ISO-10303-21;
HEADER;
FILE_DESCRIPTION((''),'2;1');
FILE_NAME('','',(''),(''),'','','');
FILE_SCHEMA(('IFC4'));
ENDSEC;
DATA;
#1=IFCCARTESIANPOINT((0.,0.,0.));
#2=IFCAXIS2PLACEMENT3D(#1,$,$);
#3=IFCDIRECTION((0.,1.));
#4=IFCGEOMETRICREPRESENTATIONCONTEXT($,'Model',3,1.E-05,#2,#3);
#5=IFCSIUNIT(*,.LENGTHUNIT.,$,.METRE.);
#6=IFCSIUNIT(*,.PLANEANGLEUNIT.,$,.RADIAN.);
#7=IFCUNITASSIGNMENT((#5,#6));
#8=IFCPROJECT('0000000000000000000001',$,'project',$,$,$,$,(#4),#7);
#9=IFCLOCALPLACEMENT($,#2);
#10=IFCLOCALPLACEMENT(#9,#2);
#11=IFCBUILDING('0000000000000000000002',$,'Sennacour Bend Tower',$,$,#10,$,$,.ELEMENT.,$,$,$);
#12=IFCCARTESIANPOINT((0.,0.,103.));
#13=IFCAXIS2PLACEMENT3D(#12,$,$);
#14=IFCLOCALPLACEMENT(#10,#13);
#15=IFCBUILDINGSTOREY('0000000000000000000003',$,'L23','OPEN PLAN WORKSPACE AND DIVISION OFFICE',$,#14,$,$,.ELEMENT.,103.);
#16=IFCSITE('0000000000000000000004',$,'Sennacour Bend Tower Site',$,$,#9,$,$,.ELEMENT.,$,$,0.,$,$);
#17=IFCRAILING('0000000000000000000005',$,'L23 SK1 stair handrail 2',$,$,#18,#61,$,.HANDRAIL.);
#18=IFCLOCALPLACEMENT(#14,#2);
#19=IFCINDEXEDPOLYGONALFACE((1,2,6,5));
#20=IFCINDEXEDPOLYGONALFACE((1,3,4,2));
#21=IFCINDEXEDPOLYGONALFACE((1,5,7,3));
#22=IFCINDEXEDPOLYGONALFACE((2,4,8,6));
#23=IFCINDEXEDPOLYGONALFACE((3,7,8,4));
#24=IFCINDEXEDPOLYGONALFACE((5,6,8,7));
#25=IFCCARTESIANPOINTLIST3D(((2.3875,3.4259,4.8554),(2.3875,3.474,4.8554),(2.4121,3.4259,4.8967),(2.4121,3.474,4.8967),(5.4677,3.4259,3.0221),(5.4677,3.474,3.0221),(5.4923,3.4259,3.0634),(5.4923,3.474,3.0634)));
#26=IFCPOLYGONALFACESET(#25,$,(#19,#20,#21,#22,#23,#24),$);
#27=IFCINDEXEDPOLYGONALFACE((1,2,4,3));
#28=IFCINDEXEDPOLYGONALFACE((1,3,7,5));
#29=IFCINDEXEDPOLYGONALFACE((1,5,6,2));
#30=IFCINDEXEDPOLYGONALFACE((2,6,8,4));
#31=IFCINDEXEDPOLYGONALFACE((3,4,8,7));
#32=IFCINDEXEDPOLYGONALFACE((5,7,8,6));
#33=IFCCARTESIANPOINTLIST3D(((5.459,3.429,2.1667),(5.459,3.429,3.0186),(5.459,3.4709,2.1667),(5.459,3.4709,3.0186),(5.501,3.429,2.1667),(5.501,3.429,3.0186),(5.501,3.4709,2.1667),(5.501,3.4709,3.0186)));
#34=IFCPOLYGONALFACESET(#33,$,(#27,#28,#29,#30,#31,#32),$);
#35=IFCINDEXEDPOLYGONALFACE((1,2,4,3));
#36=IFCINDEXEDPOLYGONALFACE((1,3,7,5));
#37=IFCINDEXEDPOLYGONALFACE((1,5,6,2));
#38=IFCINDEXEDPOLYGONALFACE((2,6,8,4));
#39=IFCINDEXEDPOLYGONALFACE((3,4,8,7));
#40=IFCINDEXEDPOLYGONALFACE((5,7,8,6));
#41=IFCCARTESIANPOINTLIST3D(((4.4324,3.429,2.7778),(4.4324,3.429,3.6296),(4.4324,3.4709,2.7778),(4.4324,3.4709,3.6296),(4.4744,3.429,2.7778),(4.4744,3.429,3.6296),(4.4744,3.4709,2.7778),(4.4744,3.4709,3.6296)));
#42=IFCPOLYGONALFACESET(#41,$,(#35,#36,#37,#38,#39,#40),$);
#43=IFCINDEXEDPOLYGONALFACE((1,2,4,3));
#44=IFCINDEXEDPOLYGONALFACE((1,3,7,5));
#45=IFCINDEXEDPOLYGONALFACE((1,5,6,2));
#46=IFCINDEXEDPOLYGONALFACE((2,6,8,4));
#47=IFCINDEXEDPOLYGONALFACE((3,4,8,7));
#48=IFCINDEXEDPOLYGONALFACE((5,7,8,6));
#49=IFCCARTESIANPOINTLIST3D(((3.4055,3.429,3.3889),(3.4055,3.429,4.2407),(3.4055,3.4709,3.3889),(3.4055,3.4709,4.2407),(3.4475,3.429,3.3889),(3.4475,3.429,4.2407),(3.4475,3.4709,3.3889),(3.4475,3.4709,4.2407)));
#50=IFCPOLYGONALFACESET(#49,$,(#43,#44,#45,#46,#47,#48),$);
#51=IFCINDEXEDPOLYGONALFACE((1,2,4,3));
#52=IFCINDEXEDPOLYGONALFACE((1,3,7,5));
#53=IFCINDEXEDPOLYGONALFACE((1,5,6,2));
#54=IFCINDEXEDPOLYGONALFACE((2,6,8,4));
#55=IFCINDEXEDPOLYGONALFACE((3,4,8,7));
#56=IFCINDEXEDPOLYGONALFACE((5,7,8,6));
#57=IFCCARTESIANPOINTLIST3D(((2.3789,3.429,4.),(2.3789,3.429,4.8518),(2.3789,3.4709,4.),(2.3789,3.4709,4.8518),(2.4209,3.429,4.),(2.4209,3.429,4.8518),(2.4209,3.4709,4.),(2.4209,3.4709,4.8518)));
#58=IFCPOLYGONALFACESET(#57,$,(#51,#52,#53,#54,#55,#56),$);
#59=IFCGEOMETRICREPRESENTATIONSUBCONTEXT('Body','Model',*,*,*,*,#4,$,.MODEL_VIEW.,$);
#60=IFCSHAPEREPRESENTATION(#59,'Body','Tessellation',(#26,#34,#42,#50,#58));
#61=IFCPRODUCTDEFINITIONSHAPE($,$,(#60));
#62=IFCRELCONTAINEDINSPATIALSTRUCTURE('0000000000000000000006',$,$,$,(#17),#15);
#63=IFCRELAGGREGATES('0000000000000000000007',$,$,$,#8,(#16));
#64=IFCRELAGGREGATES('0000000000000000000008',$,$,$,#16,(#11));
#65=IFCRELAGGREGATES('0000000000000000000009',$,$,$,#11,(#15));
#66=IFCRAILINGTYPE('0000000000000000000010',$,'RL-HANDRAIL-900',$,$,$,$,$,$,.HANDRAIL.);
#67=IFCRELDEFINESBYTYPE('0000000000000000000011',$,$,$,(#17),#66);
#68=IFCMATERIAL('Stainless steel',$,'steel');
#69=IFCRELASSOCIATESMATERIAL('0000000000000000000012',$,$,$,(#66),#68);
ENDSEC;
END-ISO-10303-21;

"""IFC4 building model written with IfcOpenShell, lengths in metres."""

from ifc_helpers import new_model, si_unit, direction, frame, origin, origin_2d, place, context, subcontext, project, spatial, rectangle, extrude, material, type_object, element, save


model = new_model("IFC4")

# Units and contexts
model_context = context("Model", 3, precision=1e-05, world=origin(), true_north=direction((0.0, 1.0)))
body_context = subcontext(model_context, "Body", "Model", "MODEL_VIEW")
ifc_project = project(units=[si_unit("LENGTHUNIT", "METRE"), si_unit("PLANEANGLEUNIT", "RADIAN")], contexts=[model_context])

# Site, building, storey
site_placement = place(None, origin())
site = spatial("IfcSite", under=ifc_project, at=site_placement, Name="Sennacour Bend Tower Site", CompositionType="ELEMENT", RefElevation=0.0)
building_placement = place(site_placement, origin())
building = spatial("IfcBuilding", under=site, at=building_placement, Name="Sennacour Bend Tower", CompositionType="ELEMENT")
storey_placement = place(building_placement, frame((0.0, 0.0, 103.0)))
storey = spatial("IfcBuildingStorey", under=building, at=storey_placement, Name="L23", Description="OPEN PLAN WORKSPACE AND DIVISION OFFICE", CompositionType="ELEMENT", Elevation=103.0)

# Railing
ifc_material_1 = material(Name="Stainless steel", Category="steel")
railing_type_1 = type_object("IfcRailingType", Name="RL-HANDRAIL-900", PredefinedType="HANDRAIL", material=ifc_material_1)
railing_1_placement = place(storey_placement, frame((5.48, 3.45, 2.1667)))
element("IfcRailing", 1, at=railing_1_placement, inside=storey, type_object=railing_type_1, Name="L23 SK1 stair handrail 2", PredefinedType="HANDRAIL", context=body_context, shape_type="SweptSolid", body=[
    extrude(rectangle(XDim=0.0481, YDim=0.0481, at=origin_2d()), frame((0.0, 0.0, 0.876), z_axis=(-0.859309, 0.0, 0.511458), x_axis=(0.0, -1.0, 0.0)), (0.0, 0.0, 1.0), 3.5845),
    extrude(rectangle(XDim=0.042, YDim=0.042, at=origin_2d()), origin(), (0.0, 0.0, 1.0), 0.8518),
    extrude(rectangle(XDim=0.042, YDim=0.042, at=origin_2d()), frame((-1.0266, 0.0, 0.6111)), (0.0, 0.0, 1.0), 0.8518),
    extrude(rectangle(XDim=0.042, YDim=0.042, at=origin_2d()), frame((-2.0535, 0.0, 1.2222)), (0.0, 0.0, 1.0), 0.8518),
    extrude(rectangle(XDim=0.042, YDim=0.042, at=origin_2d()), frame((-3.0801, 0.0, 1.8333)), (0.0, 0.0, 1.0), 0.8518),
])

save(model, "model.ifc")
